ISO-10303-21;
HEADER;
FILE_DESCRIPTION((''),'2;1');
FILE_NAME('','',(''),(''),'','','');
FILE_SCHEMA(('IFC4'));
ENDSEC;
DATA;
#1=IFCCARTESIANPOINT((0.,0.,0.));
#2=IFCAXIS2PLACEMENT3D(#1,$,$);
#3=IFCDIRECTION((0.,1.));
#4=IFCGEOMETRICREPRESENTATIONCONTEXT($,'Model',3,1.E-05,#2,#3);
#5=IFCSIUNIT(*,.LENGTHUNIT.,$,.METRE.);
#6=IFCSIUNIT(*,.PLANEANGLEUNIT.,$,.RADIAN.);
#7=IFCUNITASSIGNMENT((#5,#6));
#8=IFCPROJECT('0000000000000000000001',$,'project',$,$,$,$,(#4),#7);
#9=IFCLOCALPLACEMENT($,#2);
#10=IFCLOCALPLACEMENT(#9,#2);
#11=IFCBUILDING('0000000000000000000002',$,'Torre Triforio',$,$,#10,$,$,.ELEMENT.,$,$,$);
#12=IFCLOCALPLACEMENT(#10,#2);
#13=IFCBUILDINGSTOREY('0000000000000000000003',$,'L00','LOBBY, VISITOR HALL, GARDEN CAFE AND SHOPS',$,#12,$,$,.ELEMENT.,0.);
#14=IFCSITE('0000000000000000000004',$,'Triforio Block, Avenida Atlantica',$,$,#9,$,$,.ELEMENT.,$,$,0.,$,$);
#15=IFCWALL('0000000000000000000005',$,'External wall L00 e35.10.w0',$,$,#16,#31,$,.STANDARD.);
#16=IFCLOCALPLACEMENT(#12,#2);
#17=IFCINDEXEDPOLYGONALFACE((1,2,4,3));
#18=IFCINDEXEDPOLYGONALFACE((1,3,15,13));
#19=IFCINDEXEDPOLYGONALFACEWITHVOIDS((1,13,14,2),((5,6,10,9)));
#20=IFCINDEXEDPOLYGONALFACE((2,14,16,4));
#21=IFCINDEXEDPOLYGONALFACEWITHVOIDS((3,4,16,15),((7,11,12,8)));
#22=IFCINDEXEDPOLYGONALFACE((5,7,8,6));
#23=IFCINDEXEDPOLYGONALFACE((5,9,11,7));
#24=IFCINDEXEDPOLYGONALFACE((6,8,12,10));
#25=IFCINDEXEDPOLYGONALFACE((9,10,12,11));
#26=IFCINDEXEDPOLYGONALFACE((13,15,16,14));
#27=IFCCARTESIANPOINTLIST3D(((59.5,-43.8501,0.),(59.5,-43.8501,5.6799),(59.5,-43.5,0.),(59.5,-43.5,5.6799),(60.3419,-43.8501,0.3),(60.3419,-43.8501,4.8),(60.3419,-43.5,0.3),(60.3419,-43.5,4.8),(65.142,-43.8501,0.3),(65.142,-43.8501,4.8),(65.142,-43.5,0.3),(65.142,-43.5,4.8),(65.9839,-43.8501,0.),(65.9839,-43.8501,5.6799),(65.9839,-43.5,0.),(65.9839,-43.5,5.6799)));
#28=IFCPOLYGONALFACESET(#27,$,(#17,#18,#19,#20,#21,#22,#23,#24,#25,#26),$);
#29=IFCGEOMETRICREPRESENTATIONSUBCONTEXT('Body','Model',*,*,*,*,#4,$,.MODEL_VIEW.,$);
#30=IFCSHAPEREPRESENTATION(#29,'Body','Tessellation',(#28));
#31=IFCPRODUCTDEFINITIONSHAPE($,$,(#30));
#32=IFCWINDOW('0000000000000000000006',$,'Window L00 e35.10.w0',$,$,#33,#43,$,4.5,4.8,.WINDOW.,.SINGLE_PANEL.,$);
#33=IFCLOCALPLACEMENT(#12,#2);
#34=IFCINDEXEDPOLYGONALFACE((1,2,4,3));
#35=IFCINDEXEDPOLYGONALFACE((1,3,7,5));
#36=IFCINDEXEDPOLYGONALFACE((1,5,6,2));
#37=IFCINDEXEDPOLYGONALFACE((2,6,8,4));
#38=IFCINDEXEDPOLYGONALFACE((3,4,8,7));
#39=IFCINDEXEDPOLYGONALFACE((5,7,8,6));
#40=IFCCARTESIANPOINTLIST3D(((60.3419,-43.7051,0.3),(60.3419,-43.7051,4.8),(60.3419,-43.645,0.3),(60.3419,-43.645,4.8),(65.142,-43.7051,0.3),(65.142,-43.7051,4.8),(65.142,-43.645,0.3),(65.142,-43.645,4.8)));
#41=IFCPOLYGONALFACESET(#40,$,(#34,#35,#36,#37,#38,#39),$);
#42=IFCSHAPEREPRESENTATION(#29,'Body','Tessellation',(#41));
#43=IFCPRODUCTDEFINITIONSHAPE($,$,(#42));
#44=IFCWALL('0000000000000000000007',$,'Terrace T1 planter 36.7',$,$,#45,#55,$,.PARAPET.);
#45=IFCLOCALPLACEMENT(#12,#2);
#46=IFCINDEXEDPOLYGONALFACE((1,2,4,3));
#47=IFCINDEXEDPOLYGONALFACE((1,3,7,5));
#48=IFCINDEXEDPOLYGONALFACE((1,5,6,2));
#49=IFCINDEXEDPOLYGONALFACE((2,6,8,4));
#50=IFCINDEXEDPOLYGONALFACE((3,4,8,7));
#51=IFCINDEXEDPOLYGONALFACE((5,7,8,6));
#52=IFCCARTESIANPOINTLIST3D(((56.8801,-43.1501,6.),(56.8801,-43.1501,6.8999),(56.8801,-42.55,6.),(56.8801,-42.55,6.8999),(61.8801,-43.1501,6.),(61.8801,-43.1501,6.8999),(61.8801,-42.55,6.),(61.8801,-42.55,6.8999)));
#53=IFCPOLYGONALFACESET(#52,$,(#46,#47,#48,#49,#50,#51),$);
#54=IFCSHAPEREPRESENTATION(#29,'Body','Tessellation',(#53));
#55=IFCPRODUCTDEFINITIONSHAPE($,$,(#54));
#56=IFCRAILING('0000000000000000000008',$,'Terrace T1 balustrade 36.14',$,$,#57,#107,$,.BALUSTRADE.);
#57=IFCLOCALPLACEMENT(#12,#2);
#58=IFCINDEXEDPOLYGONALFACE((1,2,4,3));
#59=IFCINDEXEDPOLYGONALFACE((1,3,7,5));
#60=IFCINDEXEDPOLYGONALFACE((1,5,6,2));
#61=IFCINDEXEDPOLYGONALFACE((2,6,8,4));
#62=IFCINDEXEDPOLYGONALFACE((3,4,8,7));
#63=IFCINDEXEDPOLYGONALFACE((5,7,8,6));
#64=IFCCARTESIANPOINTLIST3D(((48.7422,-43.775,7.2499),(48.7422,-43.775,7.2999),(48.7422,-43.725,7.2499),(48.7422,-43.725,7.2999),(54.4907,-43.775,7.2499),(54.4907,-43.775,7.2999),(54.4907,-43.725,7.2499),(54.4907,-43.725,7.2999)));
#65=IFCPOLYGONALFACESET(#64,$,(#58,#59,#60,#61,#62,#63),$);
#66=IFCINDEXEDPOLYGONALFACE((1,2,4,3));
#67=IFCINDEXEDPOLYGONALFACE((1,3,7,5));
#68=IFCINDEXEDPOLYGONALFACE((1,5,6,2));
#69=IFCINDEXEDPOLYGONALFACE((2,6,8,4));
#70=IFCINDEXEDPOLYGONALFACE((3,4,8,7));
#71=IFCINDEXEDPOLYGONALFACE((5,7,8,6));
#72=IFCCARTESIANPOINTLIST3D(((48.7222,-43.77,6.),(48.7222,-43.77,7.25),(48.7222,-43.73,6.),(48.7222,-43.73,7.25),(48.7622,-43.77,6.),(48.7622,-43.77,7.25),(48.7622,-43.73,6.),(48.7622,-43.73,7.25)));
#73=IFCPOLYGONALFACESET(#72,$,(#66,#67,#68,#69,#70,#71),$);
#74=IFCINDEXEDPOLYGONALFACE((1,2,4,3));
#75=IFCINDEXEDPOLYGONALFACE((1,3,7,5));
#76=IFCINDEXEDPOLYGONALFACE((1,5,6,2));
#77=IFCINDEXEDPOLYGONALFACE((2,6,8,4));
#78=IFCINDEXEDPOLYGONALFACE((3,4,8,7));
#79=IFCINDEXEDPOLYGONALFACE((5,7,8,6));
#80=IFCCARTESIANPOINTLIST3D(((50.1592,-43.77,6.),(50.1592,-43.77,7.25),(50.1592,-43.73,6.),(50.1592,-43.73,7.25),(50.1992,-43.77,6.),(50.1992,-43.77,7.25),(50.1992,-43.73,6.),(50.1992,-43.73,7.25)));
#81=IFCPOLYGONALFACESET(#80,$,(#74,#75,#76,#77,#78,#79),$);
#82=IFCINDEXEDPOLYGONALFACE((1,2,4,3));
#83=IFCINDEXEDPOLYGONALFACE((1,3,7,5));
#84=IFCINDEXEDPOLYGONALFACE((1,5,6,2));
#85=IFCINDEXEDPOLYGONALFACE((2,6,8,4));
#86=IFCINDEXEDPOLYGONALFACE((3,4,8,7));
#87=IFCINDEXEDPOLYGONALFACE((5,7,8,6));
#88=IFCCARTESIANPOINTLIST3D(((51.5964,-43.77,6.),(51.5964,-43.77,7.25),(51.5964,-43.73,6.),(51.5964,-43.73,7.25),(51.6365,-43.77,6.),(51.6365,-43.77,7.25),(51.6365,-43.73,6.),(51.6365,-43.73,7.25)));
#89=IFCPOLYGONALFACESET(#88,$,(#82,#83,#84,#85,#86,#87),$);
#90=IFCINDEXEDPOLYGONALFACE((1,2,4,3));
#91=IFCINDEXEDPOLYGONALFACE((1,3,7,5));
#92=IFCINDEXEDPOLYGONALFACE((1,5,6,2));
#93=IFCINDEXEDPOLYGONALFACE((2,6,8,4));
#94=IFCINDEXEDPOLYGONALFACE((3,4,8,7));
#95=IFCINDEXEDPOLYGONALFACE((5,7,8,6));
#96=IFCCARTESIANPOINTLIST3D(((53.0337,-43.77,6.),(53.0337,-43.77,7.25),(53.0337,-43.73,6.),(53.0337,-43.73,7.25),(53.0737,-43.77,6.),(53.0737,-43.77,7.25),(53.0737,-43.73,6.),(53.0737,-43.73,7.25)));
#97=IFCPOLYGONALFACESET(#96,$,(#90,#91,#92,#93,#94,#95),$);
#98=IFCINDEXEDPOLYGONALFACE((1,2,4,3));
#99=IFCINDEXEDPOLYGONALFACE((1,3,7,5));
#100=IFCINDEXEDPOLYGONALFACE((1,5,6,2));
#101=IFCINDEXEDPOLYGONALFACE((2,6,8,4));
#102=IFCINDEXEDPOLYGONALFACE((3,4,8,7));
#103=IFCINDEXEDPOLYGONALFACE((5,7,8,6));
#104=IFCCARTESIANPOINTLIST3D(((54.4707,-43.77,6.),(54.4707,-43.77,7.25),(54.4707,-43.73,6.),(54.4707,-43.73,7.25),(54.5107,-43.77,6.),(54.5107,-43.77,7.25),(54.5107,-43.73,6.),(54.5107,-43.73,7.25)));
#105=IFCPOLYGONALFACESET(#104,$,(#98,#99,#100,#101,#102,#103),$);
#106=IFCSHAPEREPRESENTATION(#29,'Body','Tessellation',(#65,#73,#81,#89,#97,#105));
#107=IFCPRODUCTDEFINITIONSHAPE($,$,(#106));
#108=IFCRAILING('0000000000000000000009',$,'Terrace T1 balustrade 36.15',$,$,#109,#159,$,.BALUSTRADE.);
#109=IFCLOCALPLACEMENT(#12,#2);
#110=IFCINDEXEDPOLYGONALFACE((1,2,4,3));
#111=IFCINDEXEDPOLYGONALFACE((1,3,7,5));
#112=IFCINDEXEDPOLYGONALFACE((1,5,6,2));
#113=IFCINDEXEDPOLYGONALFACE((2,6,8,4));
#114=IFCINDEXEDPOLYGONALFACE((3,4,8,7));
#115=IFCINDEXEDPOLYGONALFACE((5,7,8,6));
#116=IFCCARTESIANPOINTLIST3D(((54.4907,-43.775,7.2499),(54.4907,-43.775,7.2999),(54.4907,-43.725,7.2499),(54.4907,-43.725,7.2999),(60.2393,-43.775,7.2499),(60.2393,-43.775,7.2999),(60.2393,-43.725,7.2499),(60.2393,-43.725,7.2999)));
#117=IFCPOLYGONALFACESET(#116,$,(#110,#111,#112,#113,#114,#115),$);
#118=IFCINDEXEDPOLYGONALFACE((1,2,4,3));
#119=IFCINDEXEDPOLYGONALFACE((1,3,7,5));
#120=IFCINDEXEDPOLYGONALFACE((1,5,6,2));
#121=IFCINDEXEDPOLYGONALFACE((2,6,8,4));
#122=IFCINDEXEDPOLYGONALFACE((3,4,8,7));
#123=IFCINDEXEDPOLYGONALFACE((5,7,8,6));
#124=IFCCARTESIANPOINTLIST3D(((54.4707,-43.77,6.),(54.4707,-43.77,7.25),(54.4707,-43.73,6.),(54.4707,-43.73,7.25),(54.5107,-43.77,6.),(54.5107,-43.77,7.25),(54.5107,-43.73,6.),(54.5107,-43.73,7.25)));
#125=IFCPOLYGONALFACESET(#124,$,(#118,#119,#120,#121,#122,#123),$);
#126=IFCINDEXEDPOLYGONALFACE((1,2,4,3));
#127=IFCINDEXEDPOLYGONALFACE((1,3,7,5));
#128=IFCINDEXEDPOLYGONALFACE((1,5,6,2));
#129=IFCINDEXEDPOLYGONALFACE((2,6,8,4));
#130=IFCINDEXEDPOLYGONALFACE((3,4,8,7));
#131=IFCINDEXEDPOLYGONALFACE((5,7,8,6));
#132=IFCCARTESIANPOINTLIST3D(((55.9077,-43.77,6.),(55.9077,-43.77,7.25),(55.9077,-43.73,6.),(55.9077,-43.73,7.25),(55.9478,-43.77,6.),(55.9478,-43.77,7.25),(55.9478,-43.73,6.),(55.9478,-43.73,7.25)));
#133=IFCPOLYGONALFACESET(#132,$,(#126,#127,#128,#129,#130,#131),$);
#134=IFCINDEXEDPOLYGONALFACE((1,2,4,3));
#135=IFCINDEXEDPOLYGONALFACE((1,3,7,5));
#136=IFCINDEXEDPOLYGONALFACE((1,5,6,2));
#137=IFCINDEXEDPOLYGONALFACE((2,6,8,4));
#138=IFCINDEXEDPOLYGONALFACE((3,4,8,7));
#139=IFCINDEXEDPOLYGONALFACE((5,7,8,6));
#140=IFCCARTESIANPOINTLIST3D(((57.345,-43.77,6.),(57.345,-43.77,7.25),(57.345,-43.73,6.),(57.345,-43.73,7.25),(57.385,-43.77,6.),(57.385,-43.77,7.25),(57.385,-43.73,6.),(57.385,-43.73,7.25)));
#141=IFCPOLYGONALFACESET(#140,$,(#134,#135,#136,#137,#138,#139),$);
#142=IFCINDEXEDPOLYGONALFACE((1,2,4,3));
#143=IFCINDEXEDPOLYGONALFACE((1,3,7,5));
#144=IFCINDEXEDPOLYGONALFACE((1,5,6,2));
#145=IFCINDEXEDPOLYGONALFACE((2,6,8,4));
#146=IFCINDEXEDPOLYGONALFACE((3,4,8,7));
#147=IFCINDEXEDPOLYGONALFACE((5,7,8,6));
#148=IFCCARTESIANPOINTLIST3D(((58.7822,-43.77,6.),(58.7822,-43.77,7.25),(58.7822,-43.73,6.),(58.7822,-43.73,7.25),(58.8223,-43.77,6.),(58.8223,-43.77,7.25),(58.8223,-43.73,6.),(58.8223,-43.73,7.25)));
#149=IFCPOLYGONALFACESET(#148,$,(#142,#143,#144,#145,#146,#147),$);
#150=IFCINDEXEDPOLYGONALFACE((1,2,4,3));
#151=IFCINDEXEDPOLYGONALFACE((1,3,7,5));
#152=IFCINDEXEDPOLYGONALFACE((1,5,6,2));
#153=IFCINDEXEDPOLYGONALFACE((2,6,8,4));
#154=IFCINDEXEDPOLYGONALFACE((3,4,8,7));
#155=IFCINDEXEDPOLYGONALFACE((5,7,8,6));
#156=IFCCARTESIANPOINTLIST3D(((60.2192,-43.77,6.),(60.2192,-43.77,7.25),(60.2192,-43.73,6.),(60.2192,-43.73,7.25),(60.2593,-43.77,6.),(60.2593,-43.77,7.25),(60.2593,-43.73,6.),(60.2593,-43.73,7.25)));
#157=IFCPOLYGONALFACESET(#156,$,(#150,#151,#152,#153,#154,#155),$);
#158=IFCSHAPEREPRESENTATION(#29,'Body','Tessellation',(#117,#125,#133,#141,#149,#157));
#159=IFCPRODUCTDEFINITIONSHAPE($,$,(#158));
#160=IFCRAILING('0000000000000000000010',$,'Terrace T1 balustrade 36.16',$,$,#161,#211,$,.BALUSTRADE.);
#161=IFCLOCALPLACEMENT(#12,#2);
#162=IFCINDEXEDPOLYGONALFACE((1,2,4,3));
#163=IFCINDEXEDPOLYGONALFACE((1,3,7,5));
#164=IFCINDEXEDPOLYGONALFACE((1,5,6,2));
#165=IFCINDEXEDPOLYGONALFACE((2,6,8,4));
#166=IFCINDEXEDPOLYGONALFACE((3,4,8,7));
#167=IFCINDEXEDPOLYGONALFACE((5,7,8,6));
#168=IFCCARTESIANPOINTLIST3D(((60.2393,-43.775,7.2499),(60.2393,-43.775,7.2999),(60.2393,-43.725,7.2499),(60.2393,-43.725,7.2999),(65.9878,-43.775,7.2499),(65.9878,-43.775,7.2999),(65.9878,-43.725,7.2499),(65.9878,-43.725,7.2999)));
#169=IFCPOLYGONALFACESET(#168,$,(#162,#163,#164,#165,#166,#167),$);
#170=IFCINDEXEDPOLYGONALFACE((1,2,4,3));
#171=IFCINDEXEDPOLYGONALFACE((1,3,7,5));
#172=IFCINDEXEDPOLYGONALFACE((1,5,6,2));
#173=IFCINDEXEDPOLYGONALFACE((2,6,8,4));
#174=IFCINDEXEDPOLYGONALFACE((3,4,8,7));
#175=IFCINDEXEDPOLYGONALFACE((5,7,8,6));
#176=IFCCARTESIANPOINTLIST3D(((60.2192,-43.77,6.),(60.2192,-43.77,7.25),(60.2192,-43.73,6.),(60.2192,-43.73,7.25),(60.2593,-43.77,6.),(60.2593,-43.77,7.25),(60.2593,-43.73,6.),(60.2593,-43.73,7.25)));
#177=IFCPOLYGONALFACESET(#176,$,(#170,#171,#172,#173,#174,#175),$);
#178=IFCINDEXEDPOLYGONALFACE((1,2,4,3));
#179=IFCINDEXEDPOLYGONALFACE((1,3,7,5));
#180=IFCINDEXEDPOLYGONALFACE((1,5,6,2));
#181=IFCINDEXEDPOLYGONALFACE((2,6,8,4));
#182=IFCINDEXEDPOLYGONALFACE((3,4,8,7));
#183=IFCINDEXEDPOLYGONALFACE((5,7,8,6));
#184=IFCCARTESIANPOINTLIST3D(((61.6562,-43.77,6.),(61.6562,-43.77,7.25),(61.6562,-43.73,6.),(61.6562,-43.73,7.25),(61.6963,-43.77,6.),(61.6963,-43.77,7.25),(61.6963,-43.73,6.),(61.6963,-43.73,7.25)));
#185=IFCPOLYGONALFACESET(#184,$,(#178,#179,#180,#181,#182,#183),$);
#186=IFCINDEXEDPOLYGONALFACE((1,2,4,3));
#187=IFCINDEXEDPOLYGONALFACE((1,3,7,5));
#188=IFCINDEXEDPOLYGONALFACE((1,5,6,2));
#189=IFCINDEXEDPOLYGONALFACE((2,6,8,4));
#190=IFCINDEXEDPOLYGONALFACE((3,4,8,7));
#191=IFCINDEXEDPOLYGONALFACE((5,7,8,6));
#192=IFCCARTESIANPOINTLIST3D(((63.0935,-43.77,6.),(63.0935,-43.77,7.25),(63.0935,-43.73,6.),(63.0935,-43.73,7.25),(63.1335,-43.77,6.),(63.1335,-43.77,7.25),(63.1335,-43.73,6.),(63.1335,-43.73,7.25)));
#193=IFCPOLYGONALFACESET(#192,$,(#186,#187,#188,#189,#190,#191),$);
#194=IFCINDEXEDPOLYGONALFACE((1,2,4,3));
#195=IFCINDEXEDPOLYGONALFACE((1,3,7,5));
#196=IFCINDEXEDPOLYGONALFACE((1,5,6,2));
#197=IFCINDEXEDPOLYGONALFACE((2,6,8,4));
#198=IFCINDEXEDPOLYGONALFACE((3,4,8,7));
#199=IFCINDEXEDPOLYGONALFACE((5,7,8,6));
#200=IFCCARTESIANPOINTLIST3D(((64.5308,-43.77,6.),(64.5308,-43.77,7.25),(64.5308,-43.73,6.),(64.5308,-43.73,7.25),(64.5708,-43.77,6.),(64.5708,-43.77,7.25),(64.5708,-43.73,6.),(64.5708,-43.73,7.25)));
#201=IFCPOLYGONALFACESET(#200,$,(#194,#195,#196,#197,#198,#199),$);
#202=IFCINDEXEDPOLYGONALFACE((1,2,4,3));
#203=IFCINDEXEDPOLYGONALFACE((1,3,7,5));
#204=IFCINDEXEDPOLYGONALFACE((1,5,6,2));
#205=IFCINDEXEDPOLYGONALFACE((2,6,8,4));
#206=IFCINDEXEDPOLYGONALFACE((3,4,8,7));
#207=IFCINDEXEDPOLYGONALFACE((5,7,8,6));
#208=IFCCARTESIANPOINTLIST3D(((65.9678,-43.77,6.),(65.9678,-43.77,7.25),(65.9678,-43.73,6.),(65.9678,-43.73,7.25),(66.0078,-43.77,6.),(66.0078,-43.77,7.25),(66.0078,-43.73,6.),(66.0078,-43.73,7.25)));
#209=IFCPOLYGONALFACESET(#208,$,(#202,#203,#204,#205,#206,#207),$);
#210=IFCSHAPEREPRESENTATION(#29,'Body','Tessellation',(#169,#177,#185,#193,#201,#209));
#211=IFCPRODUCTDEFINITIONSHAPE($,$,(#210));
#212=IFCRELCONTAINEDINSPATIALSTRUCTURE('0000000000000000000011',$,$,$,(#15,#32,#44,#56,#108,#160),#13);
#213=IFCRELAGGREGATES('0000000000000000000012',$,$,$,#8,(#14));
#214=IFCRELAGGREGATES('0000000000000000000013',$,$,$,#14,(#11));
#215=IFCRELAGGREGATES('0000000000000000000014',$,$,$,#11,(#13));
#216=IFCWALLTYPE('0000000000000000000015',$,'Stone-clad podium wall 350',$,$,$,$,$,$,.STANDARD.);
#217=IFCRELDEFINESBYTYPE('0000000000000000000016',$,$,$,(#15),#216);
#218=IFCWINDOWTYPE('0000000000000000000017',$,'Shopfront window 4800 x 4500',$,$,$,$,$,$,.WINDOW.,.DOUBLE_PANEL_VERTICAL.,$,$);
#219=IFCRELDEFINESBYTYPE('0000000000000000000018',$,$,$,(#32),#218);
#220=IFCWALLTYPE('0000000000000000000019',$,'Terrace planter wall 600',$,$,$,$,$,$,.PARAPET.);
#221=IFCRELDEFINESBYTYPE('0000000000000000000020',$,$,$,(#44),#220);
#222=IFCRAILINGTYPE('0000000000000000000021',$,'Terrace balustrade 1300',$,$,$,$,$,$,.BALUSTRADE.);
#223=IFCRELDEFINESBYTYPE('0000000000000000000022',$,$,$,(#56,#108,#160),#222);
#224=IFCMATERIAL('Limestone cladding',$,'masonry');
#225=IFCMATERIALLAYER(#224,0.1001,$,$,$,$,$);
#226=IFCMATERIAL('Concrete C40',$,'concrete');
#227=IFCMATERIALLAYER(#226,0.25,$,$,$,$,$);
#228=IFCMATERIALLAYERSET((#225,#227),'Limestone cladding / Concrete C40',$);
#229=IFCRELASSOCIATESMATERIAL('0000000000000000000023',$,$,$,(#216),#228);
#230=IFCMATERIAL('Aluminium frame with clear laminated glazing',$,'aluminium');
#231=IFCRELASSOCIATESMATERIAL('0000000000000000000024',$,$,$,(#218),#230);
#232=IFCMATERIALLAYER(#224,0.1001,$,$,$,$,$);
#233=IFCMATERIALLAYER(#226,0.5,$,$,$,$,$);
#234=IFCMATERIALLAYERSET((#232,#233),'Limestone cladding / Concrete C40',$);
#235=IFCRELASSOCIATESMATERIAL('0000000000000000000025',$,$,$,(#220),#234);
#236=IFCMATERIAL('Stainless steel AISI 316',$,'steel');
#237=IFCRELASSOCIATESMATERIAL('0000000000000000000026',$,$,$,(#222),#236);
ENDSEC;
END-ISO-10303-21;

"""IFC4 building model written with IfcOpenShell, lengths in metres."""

from ifc_helpers import new_model, si_unit, direction, frame, frame_2d, origin, origin_2d, place, context, subcontext, project, spatial, rectangle, extrude, material, layer, layer_set, type_object, element, fill, save


model = new_model("IFC4")

# Units and contexts
model_context = context("Model", 3, precision=1e-05, world=origin(), true_north=direction((0.0, 1.0)))
body_context = subcontext(model_context, "Body", "Model", "MODEL_VIEW")
ifc_project = project(units=[si_unit("LENGTHUNIT", "METRE"), si_unit("PLANEANGLEUNIT", "RADIAN")], contexts=[model_context])

# Site, building, storey
site_placement = place(None, origin())
site = spatial("IfcSite", under=ifc_project, at=site_placement, Name="Triforio Block, Avenida Atlantica", CompositionType="ELEMENT", RefElevation=0.0)
building_placement = place(site_placement, origin())
building = spatial("IfcBuilding", under=site, at=building_placement, Name="Torre Triforio", CompositionType="ELEMENT")
storey_placement = place(building_placement, origin())
storey = spatial("IfcBuildingStorey", under=building, at=storey_placement, Name="L00", Description="LOBBY, VISITOR HALL, GARDEN CAFE AND SHOPS", CompositionType="ELEMENT", Elevation=0.0)

# Shared definitions
ifc_material_1 = material(Name="Limestone cladding", Category="masonry")
ifc_layer_1 = layer(ifc_material_1, 0.1001)
ifc_material_2 = material(Name="Concrete C40", Category="concrete")
ifc_layer_2 = layer(ifc_material_2, 0.25)
ifc_layer_set_1 = layer_set([ifc_layer_1, ifc_layer_2], Name="Limestone cladding / Concrete C40")
wall_type_1 = type_object("IfcWallType", Name="Stone-clad podium wall 350", PredefinedType="STANDARD", material=ifc_layer_set_1)
ifc_material_3 = material(Name="Aluminium frame with clear laminated glazing", Category="aluminium")
window_type = type_object("IfcWindowType", Name="Shopfront window 4800 x 4500", PartitioningType="DOUBLE_PANEL_VERTICAL", PredefinedType="WINDOW", material=ifc_material_3)

# Wall, opening, window
wall_1_placement = place(storey_placement, frame((59.5, -43.675, 0.0), z_axis=(0.0, 0.0, 1.0), x_axis=(1.0, 0.0, 0.0)))
wall_1 = element("IfcWall", 1, at=wall_1_placement, inside=storey, type_object=wall_type_1, Name="External wall L00 e35.10.w0", PredefinedType="STANDARD", context=body_context, shape_type="SweptSolid", body=[
    extrude(rectangle(XDim=6.4839, YDim=0.3501, at=frame_2d((3.2419, 0.0))), origin(), (0.0, 0.0, 1.0), 5.6799),
])
opening_1_placement = place(wall_1_placement, frame((0.842, 0.0, 0.3)))
opening_1 = element("IfcOpeningElement", 2, at=opening_1_placement, cuts=wall_1, PredefinedType="OPENING", context=body_context, shape_type="SweptSolid", body=[
    extrude(rectangle(XDim=4.8, YDim=4.5, at=frame_2d((2.3999, 2.25))), frame((0.0, 0.1851, 0.0), z_axis=(0.0, -1.0, 0.0), x_axis=(1.0, 0.0, 0.0)), (0.0, 0.0, 1.0), 0.3701),
])
window_1_placement = place(opening_1_placement, origin())
window_1 = element("IfcWindow", 3, at=window_1_placement, inside=storey, type_object=window_type, Name="Window L00 e35.10.w0", OverallHeight=4.5, OverallWidth=4.8, PartitioningType="SINGLE_PANEL", PredefinedType="WINDOW", context=body_context, shape_type="SweptSolid", body=[
    extrude(rectangle(XDim=4.8, YDim=4.5, at=frame_2d((2.3999, 2.25))), frame((0.0, 0.03, 0.0), z_axis=(0.0, -1.0, 0.0), x_axis=(1.0, 0.0, 0.0)), (0.0, 0.0, 1.0), 0.0601),
])
fill(opening_1, window_1)

# Wall
ifc_layer_3 = layer(ifc_material_1, 0.1001)
ifc_layer_4 = layer(ifc_material_2, 0.5)
ifc_layer_set_2 = layer_set([ifc_layer_3, ifc_layer_4], Name="Limestone cladding / Concrete C40")
wall_type_2 = type_object("IfcWallType", Name="Terrace planter wall 600", PredefinedType="PARAPET", material=ifc_layer_set_2)
wall_2_placement = place(storey_placement, frame((56.8801, -42.8501, 6.0), z_axis=(0.0, 0.0, 1.0), x_axis=(1.0, 0.0, 0.0)))
element("IfcWall", 4, at=wall_2_placement, inside=storey, type_object=wall_type_2, Name="Terrace T1 planter 36.7", PredefinedType="PARAPET", context=body_context, shape_type="SweptSolid", body=[
    extrude(rectangle(XDim=5.0, YDim=0.6001, at=frame_2d((2.5, 0.0))), origin(), (0.0, 0.0, 1.0), 0.8999),
])

# Railings
ifc_material_4 = material(Name="Stainless steel AISI 316", Category="steel")
railing_type = type_object("IfcRailingType", Name="Terrace balustrade 1300", PredefinedType="BALUSTRADE", material=ifc_material_4)
for number, where, name in (
    (5, (48.7422, -43.75, 6.0), "Terrace T1 balustrade 36.14"),
    (6, (54.4907, -43.75, 6.0), "Terrace T1 balustrade 36.15"),
    (7, (60.2393, -43.75, 6.0), "Terrace T1 balustrade 36.16"),
):
    element("IfcRailing", number, at=place(storey_placement, frame(where)), inside=storey, type_object=railing_type, Name=name, PredefinedType="BALUSTRADE", context=body_context, shape_type="SweptSolid", body=[
        extrude(rectangle(XDim=0.05, YDim=0.05, at=origin_2d()), frame((0.0, 0.0, 1.2749), z_axis=(1.0, 0.0, 0.0), x_axis=(0.0, 1.0, 0.0)), (0.0, 0.0, 1.0), 5.7485),
        extrude(rectangle(XDim=0.04, YDim=0.04, at=origin_2d()), origin(), (0.0, 0.0, 1.0), 1.25),
        extrude(rectangle(XDim=0.04, YDim=0.04, at=origin_2d()), frame((1.437, 0.0, 0.0)), (0.0, 0.0, 1.0), 1.25),
        extrude(rectangle(XDim=0.04, YDim=0.04, at=origin_2d()), frame((2.8743, 0.0, 0.0)), (0.0, 0.0, 1.0), 1.25),
        extrude(rectangle(XDim=0.04, YDim=0.04, at=origin_2d()), frame((4.3115, 0.0, 0.0)), (0.0, 0.0, 1.0), 1.25),
        extrude(rectangle(XDim=0.04, YDim=0.04, at=origin_2d()), frame((5.7485, 0.0, 0.0)), (0.0, 0.0, 1.0), 1.25),
    ])

save(model, "model.ifc")
